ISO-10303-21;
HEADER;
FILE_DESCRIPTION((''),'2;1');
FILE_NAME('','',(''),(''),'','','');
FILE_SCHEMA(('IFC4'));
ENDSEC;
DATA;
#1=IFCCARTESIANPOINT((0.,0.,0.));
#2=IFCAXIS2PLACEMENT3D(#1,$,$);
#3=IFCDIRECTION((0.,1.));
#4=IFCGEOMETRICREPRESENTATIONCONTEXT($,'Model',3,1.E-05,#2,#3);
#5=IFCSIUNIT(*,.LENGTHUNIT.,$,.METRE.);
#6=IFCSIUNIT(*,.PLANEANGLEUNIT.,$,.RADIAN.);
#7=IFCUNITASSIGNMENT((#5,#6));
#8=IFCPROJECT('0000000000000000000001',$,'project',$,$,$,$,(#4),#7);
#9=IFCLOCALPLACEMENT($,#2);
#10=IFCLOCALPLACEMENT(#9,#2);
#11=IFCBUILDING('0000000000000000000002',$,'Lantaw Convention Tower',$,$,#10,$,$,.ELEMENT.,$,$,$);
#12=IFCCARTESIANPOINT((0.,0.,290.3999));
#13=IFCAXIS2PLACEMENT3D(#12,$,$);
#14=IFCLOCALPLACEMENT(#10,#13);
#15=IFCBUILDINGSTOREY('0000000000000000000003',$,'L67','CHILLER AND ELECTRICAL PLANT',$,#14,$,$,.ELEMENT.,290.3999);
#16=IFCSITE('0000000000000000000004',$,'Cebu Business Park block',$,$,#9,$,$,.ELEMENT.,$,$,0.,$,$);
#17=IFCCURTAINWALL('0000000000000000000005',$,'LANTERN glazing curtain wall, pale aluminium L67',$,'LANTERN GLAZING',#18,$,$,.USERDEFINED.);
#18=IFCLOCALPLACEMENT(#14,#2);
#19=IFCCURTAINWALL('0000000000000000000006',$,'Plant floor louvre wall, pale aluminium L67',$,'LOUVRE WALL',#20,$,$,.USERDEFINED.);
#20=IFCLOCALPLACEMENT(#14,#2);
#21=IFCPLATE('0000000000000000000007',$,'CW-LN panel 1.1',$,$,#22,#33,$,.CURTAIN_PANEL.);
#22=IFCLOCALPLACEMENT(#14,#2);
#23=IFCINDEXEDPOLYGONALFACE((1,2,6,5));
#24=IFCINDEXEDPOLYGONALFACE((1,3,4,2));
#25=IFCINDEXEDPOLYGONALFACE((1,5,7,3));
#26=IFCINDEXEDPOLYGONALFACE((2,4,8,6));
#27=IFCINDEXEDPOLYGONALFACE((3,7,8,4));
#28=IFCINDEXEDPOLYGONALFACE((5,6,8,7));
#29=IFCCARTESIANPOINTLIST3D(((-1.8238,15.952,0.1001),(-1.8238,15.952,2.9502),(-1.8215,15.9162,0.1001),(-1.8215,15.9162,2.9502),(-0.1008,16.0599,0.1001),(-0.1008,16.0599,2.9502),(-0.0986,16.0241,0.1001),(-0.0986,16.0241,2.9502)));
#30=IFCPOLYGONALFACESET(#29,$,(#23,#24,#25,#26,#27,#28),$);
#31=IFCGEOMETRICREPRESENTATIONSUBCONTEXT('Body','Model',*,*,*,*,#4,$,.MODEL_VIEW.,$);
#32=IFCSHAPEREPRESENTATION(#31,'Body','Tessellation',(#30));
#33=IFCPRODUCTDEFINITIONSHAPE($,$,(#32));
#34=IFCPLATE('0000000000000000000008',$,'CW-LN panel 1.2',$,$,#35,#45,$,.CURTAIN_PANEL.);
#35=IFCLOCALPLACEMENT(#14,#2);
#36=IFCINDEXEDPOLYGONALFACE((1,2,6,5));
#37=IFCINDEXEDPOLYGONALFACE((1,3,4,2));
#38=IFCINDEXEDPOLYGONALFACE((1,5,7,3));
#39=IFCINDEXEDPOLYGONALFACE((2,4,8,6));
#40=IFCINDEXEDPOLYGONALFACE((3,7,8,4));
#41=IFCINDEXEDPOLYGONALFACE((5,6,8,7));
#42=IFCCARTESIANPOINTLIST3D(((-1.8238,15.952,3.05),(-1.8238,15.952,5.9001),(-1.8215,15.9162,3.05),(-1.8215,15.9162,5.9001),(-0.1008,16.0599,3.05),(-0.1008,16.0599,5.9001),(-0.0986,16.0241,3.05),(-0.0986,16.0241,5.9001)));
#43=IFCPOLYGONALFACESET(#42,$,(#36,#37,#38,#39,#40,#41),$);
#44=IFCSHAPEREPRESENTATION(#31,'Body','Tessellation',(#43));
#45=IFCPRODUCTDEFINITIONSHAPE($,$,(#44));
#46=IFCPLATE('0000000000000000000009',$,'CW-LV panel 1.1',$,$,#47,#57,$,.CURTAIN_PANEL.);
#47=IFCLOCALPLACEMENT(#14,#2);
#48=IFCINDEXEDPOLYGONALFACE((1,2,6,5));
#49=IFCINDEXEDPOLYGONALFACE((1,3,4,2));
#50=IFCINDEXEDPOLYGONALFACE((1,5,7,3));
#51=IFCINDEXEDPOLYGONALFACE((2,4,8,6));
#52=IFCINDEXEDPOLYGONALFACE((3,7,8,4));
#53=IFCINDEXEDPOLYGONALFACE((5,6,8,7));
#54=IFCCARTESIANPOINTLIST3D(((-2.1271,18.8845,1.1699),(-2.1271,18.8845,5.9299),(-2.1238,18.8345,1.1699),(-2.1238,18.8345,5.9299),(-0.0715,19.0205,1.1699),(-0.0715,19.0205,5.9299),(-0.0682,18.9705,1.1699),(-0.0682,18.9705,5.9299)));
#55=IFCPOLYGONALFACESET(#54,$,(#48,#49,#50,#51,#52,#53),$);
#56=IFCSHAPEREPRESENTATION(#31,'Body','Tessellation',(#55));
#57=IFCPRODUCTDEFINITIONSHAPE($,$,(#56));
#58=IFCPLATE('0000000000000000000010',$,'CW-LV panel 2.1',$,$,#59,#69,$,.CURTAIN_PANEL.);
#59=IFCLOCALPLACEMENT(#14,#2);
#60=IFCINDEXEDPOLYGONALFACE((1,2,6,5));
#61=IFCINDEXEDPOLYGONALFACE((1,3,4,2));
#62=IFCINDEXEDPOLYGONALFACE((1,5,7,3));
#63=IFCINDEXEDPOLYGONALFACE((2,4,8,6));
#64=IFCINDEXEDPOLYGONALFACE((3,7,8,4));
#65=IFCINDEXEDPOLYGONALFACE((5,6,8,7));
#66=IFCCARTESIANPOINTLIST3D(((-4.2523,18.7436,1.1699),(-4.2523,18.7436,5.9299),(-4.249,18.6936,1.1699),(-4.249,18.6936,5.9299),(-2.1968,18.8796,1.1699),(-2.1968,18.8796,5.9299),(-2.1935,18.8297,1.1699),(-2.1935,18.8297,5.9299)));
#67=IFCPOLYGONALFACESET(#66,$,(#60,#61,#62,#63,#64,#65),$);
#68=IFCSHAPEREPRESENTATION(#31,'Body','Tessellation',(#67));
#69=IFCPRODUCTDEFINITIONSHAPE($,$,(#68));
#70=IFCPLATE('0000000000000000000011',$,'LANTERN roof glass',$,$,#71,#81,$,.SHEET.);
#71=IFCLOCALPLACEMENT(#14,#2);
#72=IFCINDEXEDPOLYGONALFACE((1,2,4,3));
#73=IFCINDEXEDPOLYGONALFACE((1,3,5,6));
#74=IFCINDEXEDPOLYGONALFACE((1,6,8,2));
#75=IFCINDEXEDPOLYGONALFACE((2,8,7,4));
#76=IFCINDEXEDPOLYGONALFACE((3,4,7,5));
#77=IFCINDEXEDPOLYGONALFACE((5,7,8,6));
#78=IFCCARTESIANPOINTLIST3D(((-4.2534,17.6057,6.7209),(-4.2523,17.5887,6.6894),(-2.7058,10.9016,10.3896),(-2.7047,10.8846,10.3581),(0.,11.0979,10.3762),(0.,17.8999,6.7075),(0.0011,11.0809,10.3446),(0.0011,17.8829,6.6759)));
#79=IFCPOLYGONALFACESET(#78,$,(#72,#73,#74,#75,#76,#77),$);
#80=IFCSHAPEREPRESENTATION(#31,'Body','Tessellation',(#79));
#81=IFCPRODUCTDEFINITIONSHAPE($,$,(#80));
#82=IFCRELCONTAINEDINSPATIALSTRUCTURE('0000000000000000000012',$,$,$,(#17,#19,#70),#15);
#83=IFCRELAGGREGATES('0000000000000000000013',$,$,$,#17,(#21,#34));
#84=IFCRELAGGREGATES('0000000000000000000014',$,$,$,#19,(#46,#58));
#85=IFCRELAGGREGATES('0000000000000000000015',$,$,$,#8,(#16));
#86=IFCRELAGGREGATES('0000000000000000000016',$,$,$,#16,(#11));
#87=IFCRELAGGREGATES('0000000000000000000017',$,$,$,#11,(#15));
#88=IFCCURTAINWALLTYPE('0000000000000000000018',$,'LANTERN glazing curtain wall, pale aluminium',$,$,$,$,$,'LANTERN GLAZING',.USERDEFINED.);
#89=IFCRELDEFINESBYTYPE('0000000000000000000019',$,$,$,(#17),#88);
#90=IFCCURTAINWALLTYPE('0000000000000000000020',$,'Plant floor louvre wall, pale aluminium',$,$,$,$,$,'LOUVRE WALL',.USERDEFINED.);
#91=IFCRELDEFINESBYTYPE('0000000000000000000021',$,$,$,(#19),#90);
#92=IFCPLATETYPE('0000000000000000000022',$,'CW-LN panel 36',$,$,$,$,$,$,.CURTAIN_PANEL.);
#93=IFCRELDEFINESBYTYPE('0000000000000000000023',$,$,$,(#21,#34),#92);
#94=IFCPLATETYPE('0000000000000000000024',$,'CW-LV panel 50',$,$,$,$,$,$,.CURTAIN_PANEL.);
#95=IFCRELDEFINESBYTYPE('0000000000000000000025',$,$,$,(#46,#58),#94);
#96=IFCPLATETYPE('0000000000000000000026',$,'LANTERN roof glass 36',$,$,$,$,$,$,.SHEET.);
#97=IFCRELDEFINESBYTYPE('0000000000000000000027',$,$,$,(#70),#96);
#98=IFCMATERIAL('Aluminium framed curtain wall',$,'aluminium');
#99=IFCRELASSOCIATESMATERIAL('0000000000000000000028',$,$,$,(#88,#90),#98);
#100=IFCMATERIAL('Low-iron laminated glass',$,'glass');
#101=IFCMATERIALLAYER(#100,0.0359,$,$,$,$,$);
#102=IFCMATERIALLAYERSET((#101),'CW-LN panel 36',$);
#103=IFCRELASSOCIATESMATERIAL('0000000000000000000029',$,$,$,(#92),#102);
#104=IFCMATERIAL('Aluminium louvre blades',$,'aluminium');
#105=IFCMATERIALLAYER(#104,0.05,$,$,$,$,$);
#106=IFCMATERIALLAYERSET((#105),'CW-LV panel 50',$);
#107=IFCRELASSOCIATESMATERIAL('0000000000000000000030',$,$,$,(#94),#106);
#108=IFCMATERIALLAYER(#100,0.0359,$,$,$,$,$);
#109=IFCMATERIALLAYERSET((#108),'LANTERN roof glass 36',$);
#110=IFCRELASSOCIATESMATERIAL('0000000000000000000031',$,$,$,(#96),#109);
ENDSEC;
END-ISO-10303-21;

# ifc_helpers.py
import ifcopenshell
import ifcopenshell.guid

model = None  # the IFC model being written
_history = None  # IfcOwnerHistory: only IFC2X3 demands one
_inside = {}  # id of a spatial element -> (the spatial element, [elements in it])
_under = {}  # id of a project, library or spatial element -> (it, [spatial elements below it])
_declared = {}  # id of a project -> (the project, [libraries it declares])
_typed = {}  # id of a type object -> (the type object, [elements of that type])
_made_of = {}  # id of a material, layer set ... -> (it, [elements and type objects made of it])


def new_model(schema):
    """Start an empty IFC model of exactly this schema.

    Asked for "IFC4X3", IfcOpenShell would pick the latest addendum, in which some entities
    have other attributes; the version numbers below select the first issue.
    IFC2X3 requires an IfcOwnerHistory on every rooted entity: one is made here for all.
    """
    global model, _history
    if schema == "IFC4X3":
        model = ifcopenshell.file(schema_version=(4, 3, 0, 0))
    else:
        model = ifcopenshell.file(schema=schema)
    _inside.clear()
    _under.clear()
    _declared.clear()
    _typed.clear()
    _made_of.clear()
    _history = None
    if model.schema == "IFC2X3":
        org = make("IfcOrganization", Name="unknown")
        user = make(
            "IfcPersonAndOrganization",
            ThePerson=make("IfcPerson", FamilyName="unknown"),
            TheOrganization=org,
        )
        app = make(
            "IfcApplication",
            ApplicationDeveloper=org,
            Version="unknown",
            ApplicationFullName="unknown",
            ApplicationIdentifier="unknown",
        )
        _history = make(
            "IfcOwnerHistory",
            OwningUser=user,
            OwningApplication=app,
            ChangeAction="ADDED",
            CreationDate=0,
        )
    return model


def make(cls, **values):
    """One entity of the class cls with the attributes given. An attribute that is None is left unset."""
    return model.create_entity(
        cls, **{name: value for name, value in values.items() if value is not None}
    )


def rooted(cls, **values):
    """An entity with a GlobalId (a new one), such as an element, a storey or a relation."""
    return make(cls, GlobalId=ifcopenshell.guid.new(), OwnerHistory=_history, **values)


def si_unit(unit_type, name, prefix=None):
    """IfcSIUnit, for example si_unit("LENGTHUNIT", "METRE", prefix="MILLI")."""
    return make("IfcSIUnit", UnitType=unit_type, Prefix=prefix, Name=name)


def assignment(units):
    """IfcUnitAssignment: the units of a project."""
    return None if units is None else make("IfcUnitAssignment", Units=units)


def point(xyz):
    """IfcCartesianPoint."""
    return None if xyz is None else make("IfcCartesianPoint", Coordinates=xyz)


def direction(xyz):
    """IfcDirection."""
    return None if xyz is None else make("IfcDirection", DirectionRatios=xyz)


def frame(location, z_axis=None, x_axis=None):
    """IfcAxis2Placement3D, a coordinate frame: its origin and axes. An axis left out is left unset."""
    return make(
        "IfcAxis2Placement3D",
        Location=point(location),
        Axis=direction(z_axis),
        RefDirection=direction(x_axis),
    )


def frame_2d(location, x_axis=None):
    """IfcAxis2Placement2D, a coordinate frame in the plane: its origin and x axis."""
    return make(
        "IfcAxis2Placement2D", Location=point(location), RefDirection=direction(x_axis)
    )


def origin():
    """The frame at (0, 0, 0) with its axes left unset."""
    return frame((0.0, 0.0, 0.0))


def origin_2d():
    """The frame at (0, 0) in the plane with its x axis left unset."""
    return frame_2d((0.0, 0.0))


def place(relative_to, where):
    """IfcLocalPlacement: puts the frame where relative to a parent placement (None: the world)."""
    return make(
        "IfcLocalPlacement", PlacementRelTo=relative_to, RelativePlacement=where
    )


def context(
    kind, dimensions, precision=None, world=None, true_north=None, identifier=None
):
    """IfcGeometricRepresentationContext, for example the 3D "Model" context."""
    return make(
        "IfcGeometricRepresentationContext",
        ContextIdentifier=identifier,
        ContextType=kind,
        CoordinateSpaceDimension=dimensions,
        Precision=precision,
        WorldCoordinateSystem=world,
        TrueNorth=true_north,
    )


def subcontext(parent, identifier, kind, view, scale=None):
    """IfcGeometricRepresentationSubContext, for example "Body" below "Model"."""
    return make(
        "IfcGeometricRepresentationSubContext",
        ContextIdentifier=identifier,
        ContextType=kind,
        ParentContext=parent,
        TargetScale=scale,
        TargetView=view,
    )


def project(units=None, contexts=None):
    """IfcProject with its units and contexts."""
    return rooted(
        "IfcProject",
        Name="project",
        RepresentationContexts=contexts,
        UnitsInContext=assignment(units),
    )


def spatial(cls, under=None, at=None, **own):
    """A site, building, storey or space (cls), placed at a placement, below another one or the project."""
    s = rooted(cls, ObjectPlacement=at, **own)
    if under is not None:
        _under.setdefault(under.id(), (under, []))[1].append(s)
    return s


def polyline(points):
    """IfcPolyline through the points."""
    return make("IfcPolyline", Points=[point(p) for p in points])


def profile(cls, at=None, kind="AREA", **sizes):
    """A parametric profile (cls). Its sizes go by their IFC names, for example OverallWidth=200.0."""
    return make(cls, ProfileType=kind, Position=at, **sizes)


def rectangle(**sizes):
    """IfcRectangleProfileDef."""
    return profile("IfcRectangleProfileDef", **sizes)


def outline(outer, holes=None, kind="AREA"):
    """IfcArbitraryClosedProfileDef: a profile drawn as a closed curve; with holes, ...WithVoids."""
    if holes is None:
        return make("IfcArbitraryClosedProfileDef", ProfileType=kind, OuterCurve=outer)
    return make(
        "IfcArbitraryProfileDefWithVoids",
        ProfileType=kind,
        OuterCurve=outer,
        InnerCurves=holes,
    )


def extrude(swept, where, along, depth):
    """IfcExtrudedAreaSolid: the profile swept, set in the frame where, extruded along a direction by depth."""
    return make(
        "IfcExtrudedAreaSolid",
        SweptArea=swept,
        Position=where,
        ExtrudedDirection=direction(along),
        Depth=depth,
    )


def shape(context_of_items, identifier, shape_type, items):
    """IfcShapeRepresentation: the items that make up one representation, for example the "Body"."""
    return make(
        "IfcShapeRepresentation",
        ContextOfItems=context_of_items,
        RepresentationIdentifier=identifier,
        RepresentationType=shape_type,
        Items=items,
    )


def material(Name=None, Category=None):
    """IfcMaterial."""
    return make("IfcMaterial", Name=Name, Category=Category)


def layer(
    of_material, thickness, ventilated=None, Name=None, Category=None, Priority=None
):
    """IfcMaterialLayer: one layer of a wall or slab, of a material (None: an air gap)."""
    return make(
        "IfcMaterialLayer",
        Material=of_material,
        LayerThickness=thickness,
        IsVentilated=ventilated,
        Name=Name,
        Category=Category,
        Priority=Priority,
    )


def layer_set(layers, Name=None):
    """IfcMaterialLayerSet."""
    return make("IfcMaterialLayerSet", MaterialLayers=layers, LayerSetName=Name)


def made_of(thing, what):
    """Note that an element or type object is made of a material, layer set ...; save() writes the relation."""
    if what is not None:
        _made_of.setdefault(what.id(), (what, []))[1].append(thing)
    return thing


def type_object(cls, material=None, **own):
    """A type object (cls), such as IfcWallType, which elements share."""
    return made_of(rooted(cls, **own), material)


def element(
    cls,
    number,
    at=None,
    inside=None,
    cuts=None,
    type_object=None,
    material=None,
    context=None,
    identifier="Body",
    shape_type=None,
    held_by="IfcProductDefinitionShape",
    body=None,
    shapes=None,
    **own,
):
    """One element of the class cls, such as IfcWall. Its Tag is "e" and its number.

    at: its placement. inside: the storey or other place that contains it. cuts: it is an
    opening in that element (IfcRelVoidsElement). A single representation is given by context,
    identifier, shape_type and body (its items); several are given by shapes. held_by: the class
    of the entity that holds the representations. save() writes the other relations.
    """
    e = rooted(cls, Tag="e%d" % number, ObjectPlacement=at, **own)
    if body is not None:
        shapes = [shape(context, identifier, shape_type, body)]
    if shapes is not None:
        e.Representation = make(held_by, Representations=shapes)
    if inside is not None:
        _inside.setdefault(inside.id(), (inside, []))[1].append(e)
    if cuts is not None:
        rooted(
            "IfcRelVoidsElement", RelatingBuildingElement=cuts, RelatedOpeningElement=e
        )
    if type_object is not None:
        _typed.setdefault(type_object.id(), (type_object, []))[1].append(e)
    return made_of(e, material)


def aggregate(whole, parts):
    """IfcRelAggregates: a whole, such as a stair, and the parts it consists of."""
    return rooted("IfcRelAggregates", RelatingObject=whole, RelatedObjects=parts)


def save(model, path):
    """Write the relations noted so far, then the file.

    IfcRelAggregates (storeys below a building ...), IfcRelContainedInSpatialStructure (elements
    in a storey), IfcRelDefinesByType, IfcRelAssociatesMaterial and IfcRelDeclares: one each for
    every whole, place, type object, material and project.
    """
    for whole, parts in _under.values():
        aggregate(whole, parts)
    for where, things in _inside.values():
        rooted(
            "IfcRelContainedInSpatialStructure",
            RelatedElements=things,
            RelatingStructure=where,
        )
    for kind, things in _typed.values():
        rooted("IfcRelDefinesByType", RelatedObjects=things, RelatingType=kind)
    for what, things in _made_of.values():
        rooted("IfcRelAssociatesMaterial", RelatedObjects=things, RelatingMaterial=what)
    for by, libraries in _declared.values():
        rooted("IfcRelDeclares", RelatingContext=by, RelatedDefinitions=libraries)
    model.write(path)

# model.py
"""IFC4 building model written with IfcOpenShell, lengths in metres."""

from ifc_helpers import new_model, si_unit, direction, frame, origin, origin_2d, place, context, subcontext, project, spatial, polyline, rectangle, outline, extrude, material, layer, layer_set, type_object, element, aggregate, save


model = new_model("IFC4")

# Units and contexts
model_context = context("Model", 3, precision=1e-05, world=origin(), true_north=direction((0.0, 1.0)))
body_context = subcontext(model_context, "Body", "Model", "MODEL_VIEW")
ifc_project = project(units=[si_unit("LENGTHUNIT", "METRE"), si_unit("PLANEANGLEUNIT", "RADIAN")], contexts=[model_context])

# Site, building, storey
site_placement = place(None, origin())
site = spatial("IfcSite", under=ifc_project, at=site_placement, Name="Cebu Business Park block", CompositionType="ELEMENT", RefElevation=0.0)
building_placement = place(site_placement, origin())
building = spatial("IfcBuilding", under=site, at=building_placement, Name="Lantaw Convention Tower", CompositionType="ELEMENT")
storey_placement = place(building_placement, frame((0.0, 0.0, 290.3999)))
storey = spatial("IfcBuildingStorey", under=building, at=storey_placement, Name="L67", Description="CHILLER AND ELECTRICAL PLANT", CompositionType="ELEMENT", Elevation=290.3999)

# Curtain walls
ifc_material_1 = material(Name="Aluminium framed curtain wall", Category="aluminium")
curtain_wall_type_1 = type_object("IfcCurtainWallType", Name="LANTERN glazing curtain wall, pale aluminium", ElementType="LANTERN GLAZING", PredefinedType="USERDEFINED", material=ifc_material_1)
curtain_wall_1_placement = place(storey_placement, origin())
curtain_wall_1 = element("IfcCurtainWall", 1, at=curtain_wall_1_placement, inside=storey, type_object=curtain_wall_type_1, Name="LANTERN glazing curtain wall, pale aluminium L67", ObjectType="LANTERN GLAZING", PredefinedType="USERDEFINED")
curtain_wall_type_2 = type_object("IfcCurtainWallType", Name="Plant floor louvre wall, pale aluminium", ElementType="LOUVRE WALL", PredefinedType="USERDEFINED", material=ifc_material_1)
curtain_wall_2_placement = place(storey_placement, origin())
curtain_wall_2 = element("IfcCurtainWall", 2, at=curtain_wall_2_placement, inside=storey, type_object=curtain_wall_type_2, Name="Plant floor louvre wall, pale aluminium L67", ObjectType="LOUVRE WALL", PredefinedType="USERDEFINED")

# Plates
ifc_material_2 = material(Name="Low-iron laminated glass", Category="glass")
ifc_layer_1 = layer(ifc_material_2, 0.0359)
ifc_layer_set_1 = layer_set([ifc_layer_1], Name="CW-LN panel 36")
plate_type_1 = type_object("IfcPlateType", Name="CW-LN panel 36", PredefinedType="CURTAIN_PANEL", material=ifc_layer_set_1)
plate_1_placement = place(storey_placement, frame((-0.9612, 15.988, 0.1001), z_axis=(0.0, 0.0, 1.0), x_axis=(-0.998046, -0.062489, 0.0)))
plate_1 = element("IfcPlate", 3, at=plate_1_placement, type_object=plate_type_1, Name="CW-LN panel 1.1", PredefinedType="CURTAIN_PANEL", context=body_context, shape_type="SweptSolid", body=[
    extrude(rectangle(XDim=1.7263, YDim=0.0359, at=origin_2d()), origin(), (0.0, 0.0, 1.0), 2.8501),
])
plate_2_placement = place(storey_placement, frame((-0.9612, 15.988, 3.05), z_axis=(0.0, 0.0, 1.0), x_axis=(-0.998046, -0.062489, 0.0)))
plate_2 = element("IfcPlate", 4, at=plate_2_placement, type_object=plate_type_1, Name="CW-LN panel 1.2", PredefinedType="CURTAIN_PANEL", context=body_context, shape_type="SweptSolid", body=[
    extrude(rectangle(XDim=1.7263, YDim=0.0359, at=origin_2d()), origin(), (0.0, 0.0, 1.0), 2.8501),
])
aggregate(curtain_wall_1, [plate_1, plate_2])
ifc_material_3 = material(Name="Aluminium louvre blades", Category="aluminium")
ifc_layer_2 = layer(ifc_material_3, 0.05)
ifc_layer_set_2 = layer_set([ifc_layer_2], Name="CW-LV panel 50")
plate_type_2 = type_object("IfcPlateType", Name="CW-LV panel 50", PredefinedType="CURTAIN_PANEL", material=ifc_layer_set_2)
plate_3_placement = place(storey_placement, frame((-1.0977, 18.9275, 1.1699), z_axis=(0.0, 0.0, 1.0), x_axis=(-0.997818, -0.066025, 0.0)))
plate_3 = element("IfcPlate", 5, at=plate_3_placement, type_object=plate_type_2, Name="CW-LV panel 1.1", PredefinedType="CURTAIN_PANEL", context=body_context, shape_type="SweptSolid", body=[
    extrude(rectangle(XDim=2.0601, YDim=0.05, at=origin_2d()), origin(), (0.0, 0.0, 1.0), 4.76),
])
plate_4_placement = place(storey_placement, frame((-3.2229, 18.7866, 1.1699), z_axis=(0.0, 0.0, 1.0), x_axis=(-0.997818, -0.066025, 0.0)))
plate_4 = element("IfcPlate", 6, at=plate_4_placement, type_object=plate_type_2, Name="CW-LV panel 2.1", PredefinedType="CURTAIN_PANEL", context=body_context, shape_type="SweptSolid", body=[
    extrude(rectangle(XDim=2.0601, YDim=0.05, at=origin_2d()), origin(), (0.0, 0.0, 1.0), 4.76),
])
aggregate(curtain_wall_2, [plate_3, plate_4])
ifc_layer_3 = layer(ifc_material_2, 0.0359)
ifc_layer_set_3 = layer_set([ifc_layer_3], Name="LANTERN roof glass 36")
plate_type_3 = type_object("IfcPlateType", Name="LANTERN roof glass 36", PredefinedType="SHEET", material=ifc_layer_set_3)
plate_5_placement = place(storey_placement, frame((0.0, 17.8999, 6.7075), z_axis=(-0.030047, 0.474493, 0.879746), x_axis=(-0.997612, -0.069003, 0.003144)))
element("IfcPlate", 7, at=plate_5_placement, inside=storey, type_object=plate_type_3, Name="LANTERN roof glass", PredefinedType="SHEET", context=body_context, shape_type="SweptSolid", body=[
    extrude(outline(polyline([(0.0, 0.0), (4.2636, 0.0), (3.1938, 7.7237), (0.4809, 7.7133), (0.0, 0.0)])), origin(), (0.0, 0.0, -1.0), 0.0359),
])

save(model, "model.ifc")
